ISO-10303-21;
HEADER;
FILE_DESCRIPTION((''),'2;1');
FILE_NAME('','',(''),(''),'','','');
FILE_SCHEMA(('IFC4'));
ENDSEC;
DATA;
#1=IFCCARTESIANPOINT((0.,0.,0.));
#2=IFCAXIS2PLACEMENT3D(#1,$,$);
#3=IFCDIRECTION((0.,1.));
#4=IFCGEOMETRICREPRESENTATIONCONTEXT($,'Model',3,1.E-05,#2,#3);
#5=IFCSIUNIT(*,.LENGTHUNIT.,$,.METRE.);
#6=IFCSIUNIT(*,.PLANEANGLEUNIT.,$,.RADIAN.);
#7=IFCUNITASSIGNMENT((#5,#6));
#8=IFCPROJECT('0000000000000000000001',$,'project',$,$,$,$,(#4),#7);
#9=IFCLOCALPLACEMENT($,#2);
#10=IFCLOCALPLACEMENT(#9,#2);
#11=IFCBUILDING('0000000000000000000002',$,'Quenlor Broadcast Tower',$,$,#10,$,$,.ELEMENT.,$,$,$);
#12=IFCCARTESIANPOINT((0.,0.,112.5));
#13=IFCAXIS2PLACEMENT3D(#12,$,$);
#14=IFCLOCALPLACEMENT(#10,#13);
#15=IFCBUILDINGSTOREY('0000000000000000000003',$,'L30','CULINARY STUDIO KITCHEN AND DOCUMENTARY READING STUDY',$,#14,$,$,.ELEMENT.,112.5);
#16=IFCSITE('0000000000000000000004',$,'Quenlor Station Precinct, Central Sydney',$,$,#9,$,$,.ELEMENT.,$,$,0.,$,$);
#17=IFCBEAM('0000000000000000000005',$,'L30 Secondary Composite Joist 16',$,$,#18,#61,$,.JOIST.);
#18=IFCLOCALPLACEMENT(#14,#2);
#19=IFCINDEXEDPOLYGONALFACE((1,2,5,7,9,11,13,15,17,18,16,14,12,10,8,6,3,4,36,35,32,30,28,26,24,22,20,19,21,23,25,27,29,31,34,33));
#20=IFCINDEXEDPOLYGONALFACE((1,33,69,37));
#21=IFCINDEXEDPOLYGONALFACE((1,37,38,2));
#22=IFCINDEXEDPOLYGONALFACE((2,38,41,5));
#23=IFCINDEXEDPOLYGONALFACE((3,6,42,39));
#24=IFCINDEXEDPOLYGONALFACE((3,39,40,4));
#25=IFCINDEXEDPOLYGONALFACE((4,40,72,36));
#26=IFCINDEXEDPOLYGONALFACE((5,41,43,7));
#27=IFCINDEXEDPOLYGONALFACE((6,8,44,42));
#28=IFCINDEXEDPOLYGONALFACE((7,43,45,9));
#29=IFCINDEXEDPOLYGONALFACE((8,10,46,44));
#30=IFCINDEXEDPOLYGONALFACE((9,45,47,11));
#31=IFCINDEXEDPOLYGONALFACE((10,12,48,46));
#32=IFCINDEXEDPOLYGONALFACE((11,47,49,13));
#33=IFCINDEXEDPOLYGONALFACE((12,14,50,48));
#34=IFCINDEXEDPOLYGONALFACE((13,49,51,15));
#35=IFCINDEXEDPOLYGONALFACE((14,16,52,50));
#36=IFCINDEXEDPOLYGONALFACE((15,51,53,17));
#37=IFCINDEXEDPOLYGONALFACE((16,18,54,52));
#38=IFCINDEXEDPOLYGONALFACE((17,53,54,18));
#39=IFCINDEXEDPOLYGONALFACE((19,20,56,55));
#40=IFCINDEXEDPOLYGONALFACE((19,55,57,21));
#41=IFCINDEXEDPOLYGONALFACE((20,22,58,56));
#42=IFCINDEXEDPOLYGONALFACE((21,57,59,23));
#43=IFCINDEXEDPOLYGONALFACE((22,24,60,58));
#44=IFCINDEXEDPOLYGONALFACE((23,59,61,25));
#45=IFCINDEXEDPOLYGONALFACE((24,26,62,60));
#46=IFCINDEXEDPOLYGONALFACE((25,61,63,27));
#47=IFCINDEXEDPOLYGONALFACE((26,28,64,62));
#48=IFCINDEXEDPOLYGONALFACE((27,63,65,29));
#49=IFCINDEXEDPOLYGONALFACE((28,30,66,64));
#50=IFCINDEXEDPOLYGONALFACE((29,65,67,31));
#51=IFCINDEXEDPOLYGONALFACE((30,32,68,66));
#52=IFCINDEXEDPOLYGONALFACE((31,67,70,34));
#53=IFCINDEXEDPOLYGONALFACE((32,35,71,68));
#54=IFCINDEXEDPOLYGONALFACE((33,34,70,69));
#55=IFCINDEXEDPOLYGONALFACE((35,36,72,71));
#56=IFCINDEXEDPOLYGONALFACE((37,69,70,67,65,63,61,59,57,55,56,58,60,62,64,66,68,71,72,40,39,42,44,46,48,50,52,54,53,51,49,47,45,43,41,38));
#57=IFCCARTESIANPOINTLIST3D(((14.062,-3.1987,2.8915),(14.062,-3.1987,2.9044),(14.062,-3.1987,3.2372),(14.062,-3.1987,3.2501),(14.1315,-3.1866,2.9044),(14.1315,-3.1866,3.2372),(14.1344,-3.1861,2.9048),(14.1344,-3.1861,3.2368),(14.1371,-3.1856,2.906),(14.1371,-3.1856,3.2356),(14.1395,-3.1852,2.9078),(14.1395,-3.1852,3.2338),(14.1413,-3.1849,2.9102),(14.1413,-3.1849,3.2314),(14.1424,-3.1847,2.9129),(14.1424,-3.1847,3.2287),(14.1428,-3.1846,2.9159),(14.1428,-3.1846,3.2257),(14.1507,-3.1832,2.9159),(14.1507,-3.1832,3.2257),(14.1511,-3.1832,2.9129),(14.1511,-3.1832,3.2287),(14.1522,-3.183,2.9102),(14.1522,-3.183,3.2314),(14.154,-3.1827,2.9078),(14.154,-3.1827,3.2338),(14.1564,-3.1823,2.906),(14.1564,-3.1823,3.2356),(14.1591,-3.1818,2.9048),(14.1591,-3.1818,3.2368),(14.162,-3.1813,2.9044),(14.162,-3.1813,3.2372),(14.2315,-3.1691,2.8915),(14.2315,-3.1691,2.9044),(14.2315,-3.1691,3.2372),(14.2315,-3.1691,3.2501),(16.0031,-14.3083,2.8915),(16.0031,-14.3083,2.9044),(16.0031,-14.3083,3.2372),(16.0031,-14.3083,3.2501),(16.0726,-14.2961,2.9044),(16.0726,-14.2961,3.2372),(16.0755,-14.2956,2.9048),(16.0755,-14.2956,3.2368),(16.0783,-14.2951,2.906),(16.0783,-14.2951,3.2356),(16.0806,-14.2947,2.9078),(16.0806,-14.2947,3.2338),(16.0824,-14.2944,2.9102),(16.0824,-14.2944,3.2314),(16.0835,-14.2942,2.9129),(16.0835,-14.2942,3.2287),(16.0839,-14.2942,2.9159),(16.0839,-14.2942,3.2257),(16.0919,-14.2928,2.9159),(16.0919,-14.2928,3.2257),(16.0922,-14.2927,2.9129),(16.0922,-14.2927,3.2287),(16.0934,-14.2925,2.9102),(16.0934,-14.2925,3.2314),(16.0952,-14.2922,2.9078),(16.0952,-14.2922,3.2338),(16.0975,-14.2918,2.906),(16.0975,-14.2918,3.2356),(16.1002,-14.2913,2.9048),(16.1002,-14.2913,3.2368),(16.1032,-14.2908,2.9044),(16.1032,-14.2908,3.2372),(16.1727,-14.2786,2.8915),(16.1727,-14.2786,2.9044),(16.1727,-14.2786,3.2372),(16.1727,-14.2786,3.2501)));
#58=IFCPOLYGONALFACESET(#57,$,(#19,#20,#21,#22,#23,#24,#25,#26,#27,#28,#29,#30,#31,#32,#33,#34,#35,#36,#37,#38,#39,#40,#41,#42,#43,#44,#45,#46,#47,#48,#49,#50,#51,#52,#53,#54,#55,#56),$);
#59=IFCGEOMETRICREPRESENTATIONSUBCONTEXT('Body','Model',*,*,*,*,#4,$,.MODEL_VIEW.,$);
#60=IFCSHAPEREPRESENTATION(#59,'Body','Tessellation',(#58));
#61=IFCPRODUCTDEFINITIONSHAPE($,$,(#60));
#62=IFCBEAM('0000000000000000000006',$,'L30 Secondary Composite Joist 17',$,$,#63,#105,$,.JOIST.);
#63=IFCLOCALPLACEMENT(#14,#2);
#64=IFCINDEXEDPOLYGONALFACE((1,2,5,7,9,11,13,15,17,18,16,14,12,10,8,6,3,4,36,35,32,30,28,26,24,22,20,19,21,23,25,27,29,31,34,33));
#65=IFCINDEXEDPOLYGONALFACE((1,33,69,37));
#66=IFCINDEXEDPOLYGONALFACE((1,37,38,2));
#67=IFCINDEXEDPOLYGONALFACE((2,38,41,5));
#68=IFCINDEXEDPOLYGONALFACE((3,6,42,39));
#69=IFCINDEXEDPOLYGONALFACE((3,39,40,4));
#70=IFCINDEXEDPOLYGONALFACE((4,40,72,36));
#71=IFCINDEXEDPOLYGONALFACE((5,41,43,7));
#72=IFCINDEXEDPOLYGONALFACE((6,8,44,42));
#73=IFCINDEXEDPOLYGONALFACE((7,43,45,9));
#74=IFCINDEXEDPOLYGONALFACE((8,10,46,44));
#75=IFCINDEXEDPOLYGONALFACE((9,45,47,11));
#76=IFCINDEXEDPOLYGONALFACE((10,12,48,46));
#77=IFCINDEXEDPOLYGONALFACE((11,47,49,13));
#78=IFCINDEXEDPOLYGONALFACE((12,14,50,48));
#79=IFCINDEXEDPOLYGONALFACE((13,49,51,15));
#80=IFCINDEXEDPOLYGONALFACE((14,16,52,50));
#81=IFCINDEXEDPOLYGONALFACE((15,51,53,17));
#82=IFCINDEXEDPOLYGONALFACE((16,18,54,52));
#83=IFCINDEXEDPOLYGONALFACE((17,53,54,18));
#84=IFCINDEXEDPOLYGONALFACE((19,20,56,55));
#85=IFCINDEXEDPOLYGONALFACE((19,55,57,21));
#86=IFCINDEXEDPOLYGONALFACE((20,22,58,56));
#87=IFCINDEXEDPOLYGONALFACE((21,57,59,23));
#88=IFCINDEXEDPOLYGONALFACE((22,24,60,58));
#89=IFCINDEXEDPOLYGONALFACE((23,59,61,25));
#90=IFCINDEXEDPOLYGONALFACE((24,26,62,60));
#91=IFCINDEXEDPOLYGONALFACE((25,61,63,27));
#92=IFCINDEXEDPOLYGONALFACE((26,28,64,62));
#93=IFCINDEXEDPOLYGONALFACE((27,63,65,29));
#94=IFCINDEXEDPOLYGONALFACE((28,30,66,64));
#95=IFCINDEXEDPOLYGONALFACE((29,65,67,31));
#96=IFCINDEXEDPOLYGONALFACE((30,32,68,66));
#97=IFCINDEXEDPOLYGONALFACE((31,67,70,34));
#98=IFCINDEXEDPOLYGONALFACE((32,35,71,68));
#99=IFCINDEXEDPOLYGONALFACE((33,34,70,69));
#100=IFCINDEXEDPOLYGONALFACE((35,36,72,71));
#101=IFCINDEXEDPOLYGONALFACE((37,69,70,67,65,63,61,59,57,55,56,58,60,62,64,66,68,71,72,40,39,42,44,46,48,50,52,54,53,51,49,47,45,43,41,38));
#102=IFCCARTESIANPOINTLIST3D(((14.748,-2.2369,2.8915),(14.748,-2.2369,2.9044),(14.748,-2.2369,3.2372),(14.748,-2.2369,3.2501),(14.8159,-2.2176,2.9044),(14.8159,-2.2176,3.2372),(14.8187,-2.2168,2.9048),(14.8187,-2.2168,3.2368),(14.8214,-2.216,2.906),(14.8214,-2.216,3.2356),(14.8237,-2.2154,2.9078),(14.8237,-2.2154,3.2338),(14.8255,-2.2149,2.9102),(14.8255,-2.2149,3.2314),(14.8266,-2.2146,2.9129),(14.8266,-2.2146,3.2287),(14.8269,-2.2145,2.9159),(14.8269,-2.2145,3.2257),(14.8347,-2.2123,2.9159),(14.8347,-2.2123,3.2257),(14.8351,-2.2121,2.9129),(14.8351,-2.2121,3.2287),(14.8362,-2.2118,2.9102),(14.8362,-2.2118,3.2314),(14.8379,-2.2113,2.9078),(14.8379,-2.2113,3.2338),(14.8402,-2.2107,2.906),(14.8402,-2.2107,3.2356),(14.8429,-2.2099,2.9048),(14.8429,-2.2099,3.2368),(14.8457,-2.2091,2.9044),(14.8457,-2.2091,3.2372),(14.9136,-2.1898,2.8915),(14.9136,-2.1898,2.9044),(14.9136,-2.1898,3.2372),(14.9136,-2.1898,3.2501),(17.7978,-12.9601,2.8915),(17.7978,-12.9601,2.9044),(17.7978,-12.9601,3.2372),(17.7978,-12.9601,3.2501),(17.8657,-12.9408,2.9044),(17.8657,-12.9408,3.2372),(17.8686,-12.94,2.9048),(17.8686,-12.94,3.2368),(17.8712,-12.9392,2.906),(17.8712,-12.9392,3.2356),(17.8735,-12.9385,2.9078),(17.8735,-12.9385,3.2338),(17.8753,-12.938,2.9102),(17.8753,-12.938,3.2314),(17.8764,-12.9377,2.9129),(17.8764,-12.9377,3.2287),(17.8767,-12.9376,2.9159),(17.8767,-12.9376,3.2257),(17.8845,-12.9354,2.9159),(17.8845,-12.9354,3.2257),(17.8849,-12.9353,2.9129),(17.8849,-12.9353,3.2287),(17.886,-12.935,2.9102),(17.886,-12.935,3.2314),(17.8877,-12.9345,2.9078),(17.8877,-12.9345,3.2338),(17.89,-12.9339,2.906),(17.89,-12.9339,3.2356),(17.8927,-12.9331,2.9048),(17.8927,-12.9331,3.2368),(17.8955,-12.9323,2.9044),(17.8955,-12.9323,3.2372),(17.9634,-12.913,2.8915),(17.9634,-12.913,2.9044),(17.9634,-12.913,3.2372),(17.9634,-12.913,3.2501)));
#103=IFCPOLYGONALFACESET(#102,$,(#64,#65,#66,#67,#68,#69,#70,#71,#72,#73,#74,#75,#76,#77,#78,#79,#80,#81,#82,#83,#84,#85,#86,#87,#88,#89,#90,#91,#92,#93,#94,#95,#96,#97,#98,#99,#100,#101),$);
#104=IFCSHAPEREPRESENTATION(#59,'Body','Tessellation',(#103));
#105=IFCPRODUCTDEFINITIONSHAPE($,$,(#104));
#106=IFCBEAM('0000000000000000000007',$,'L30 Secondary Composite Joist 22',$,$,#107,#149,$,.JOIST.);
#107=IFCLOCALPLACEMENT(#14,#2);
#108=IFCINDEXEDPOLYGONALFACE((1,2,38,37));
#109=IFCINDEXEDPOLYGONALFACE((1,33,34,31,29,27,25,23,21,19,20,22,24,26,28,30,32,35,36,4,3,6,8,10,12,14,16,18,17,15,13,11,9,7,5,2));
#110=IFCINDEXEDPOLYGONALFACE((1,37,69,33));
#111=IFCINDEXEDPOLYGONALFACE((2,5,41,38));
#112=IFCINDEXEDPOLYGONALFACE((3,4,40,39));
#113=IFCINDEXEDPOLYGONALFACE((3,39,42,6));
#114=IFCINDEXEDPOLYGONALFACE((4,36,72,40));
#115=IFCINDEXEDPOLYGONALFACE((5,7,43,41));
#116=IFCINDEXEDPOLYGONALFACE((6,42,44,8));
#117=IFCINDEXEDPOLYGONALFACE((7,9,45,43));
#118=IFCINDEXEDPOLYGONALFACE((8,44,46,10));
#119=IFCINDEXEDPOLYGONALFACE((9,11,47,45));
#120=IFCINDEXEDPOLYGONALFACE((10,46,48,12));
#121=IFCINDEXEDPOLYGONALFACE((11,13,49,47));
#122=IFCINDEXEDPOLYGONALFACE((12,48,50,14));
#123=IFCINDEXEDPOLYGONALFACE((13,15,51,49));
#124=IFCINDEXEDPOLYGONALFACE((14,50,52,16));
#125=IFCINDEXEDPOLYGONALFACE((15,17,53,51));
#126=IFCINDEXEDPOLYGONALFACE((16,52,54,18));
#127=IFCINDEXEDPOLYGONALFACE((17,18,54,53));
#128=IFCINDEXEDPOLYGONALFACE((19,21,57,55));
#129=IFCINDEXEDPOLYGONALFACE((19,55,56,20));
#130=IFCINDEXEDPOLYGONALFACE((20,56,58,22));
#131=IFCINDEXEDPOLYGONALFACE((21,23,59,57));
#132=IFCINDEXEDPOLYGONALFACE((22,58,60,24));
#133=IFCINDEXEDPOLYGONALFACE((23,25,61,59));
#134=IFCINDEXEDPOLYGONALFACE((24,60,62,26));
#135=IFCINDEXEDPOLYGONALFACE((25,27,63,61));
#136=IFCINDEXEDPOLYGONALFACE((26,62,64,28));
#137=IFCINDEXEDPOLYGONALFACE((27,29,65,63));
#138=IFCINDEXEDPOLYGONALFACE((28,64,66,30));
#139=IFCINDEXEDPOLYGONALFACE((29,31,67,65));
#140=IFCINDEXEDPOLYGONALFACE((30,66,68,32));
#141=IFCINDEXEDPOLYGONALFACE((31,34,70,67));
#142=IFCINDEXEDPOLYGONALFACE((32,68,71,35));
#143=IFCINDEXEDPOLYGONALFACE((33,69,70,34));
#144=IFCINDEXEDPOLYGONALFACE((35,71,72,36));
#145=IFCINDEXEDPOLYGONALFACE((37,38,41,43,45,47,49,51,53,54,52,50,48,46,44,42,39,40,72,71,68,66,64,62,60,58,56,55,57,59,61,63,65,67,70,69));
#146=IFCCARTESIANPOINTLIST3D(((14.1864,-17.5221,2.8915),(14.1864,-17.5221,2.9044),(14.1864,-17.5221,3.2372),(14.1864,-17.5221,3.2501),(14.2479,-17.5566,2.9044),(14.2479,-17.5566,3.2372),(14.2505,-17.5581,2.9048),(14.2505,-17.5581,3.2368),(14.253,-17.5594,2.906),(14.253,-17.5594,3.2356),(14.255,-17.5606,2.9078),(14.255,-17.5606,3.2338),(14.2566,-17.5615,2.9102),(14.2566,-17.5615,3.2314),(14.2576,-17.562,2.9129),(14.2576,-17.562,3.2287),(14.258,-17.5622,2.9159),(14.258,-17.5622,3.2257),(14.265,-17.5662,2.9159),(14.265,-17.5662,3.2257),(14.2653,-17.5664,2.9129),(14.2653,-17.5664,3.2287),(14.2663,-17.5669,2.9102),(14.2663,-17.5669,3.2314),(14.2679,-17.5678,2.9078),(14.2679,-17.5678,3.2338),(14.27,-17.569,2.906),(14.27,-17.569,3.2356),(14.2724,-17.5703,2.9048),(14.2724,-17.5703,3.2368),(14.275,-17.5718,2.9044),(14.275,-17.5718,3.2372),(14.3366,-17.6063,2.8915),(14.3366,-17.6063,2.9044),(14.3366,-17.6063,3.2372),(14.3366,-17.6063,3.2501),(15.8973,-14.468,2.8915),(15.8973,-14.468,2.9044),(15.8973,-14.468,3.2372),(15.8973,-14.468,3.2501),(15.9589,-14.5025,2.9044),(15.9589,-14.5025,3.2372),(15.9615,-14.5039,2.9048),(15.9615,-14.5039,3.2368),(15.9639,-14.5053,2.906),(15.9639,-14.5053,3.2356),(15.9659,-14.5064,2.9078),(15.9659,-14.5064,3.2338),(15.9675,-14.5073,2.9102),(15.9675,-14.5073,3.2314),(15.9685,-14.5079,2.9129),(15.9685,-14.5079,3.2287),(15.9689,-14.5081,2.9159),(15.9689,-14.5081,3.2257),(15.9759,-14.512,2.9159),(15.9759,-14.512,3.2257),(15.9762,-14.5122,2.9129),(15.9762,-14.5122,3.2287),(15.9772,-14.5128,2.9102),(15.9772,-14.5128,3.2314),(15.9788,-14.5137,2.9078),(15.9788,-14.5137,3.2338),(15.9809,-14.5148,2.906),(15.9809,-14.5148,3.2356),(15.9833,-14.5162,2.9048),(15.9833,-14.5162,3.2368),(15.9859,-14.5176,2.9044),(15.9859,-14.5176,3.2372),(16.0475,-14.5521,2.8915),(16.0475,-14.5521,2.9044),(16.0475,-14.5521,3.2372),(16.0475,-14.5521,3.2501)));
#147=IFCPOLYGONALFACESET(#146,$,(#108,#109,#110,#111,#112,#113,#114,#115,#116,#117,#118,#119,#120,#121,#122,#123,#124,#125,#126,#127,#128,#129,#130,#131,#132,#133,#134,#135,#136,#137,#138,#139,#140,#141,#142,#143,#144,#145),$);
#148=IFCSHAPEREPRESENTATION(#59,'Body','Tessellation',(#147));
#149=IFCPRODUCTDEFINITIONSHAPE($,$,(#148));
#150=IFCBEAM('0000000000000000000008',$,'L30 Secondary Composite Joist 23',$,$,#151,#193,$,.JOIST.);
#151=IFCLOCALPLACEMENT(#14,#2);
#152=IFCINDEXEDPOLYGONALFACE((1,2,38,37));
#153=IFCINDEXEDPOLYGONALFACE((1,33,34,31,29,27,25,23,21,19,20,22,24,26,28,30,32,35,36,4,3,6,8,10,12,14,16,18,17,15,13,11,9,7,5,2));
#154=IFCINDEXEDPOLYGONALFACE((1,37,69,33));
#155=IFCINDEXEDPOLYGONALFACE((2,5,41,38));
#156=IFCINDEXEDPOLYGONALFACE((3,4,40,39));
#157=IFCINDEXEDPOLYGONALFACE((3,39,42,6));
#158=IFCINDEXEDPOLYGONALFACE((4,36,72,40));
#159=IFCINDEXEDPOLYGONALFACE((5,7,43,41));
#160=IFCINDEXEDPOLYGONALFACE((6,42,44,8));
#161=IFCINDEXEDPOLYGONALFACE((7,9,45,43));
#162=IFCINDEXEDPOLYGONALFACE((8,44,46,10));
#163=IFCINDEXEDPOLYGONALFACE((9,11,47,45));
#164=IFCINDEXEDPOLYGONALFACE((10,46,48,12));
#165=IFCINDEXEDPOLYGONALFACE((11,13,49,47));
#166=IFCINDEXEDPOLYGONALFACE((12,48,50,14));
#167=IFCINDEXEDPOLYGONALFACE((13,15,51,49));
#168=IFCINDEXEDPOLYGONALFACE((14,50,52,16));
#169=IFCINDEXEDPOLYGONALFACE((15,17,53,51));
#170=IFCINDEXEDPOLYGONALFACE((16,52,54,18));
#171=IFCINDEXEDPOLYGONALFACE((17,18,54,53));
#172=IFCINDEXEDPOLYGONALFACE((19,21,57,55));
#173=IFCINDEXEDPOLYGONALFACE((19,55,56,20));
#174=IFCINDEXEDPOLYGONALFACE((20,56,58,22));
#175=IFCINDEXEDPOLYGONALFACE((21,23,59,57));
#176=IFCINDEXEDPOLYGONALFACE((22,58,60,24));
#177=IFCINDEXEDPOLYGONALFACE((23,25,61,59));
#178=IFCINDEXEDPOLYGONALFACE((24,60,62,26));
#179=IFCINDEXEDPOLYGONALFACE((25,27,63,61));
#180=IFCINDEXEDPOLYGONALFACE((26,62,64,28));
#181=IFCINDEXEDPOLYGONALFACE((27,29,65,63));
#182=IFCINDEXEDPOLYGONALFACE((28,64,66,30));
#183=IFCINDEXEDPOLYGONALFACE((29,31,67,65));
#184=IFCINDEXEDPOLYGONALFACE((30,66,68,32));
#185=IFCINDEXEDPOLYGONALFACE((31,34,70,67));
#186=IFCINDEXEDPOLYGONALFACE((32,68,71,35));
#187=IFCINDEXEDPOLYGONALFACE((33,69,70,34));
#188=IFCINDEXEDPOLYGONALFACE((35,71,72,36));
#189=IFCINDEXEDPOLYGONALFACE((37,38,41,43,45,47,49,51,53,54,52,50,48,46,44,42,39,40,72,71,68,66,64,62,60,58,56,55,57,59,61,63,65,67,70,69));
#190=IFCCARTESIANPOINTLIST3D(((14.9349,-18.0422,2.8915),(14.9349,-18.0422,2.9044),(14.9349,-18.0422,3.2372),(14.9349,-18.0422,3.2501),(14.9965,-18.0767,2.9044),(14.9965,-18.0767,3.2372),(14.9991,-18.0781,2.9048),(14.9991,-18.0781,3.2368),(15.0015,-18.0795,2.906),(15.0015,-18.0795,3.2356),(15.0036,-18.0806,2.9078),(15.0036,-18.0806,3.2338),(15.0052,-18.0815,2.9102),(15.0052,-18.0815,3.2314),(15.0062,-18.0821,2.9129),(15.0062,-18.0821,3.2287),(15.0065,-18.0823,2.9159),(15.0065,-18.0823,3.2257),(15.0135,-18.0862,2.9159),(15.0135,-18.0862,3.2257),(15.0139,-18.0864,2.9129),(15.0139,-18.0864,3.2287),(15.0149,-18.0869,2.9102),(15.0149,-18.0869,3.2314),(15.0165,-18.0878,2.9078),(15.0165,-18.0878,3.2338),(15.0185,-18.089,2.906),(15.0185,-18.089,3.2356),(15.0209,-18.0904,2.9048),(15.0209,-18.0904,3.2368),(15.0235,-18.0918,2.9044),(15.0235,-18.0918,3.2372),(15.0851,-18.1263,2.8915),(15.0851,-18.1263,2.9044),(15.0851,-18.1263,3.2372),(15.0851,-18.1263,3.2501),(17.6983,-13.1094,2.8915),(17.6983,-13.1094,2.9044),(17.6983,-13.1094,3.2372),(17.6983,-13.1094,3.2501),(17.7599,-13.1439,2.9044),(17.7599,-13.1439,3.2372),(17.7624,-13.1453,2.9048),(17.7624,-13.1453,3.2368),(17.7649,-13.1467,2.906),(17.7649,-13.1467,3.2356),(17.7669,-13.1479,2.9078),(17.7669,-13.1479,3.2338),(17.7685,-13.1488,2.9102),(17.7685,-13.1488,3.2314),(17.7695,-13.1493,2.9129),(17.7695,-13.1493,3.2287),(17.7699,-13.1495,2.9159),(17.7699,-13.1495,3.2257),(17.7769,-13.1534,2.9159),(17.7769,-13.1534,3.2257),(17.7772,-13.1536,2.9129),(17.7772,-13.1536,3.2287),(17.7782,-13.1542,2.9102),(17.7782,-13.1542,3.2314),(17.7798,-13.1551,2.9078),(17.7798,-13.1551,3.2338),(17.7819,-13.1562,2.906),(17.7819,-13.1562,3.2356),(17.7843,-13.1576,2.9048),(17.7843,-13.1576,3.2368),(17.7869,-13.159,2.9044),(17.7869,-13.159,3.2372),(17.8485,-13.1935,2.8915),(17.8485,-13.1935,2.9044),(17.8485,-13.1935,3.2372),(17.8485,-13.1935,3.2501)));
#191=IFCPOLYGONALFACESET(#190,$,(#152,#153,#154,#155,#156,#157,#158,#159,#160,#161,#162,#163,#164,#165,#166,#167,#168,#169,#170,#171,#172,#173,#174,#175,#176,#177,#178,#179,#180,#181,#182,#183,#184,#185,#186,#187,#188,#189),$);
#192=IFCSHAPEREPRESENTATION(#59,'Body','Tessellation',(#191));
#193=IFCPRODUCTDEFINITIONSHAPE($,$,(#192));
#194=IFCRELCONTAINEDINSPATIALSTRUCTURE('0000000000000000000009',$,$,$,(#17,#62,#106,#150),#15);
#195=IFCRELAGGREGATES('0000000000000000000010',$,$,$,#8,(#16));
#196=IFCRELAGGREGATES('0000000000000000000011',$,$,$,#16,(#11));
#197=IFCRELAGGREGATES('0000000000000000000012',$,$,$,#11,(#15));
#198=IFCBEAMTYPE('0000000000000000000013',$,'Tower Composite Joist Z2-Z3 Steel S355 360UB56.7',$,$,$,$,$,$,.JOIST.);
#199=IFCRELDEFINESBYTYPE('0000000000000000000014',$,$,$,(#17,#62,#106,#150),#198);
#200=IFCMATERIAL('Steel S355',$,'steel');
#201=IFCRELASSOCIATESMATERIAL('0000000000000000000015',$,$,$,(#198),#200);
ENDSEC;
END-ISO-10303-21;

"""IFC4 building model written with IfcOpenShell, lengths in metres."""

from ifc_helpers import new_model, si_unit, direction, frame, origin, origin_2d, place, context, subcontext, project, spatial, i_section, extrude, material, material_profile, profile_set, type_object, element, save


model = new_model("IFC4")

# Units and contexts
model_context = context("Model", 3, precision=1e-05, world=origin(), true_north=direction((0.0, 1.0)))
body_context = subcontext(model_context, "Body", "Model", "MODEL_VIEW")
ifc_project = project(units=[si_unit("LENGTHUNIT", "METRE"), si_unit("PLANEANGLEUNIT", "RADIAN")], contexts=[model_context])

# Site, building, storey
site_placement = place(None, origin())
site = spatial("IfcSite", under=ifc_project, at=site_placement, Name="Quenlor Station Precinct, Central Sydney", CompositionType="ELEMENT", RefElevation=0.0)
building_placement = place(site_placement, origin())
building = spatial("IfcBuilding", under=site, at=building_placement, Name="Quenlor Broadcast Tower", CompositionType="ELEMENT")
storey_placement = place(building_placement, frame((0.0, 0.0, 112.5)))
storey = spatial("IfcBuildingStorey", under=building, at=storey_placement, Name="L30", Description="CULINARY STUDIO KITCHEN AND DOCUMENTARY READING STUDY", CompositionType="ELEMENT", Elevation=112.5)

# Beams
ifc_material_1 = material(Name="Steel S355", Category="steel")
ifc_material_profile_1 = material_profile(ifc_material_1, i_section(OverallWidth=0.1721, OverallDepth=0.3586, WebThickness=0.0081, FlangeThickness=0.0129, FilletRadius=0.0115, at=origin_2d()))
ifc_profile_set_1 = profile_set([ifc_material_profile_1], Name="Steel S355 360UB56.7")
beam_type_1 = type_object("IfcBeamType", Name="Tower Composite Joist Z2-Z3 Steel S355 360UB56.7", PredefinedType="JOIST", material=ifc_profile_set_1)
beam_1_placement = place(storey_placement, frame((16.0879, -14.2935, 3.0708), z_axis=(-0.17212, 0.985076, 0.0), x_axis=(-0.985076, -0.17212, 0.0)))
element("IfcBeam", 1, at=beam_1_placement, inside=storey, type_object=beam_type_1, Name="L30 Secondary Composite Joist 16", PredefinedType="JOIST", context=body_context, shape_type="SweptSolid", body=[
    extrude(i_section(OverallWidth=0.1721, OverallDepth=0.3586, WebThickness=0.0081, FlangeThickness=0.0129, FilletRadius=0.0115, at=origin_2d()), origin(), (0.0, 0.0, 1.0), 11.2778),
])
beam_2_placement = place(storey_placement, frame((17.8806, -12.9365, 3.0708), z_axis=(-0.273564, 0.961854, 0.0), x_axis=(-0.961854, -0.273564, 0.0)))
element("IfcBeam", 2, at=beam_2_placement, inside=storey, type_object=beam_type_1, Name="L30 Secondary Composite Joist 17", PredefinedType="JOIST", context=body_context, shape_type="SweptSolid", body=[
    extrude(i_section(OverallWidth=0.1721, OverallDepth=0.3586, WebThickness=0.0081, FlangeThickness=0.0129, FilletRadius=0.0115, at=origin_2d()), origin(), (0.0, 0.0, 1.0), 11.1484),
])
beam_3_placement = place(storey_placement, frame((14.2615, -17.5642, 3.0708), z_axis=(0.488731, 0.872435, 0.0), x_axis=(-0.872435, 0.488731, 0.0)))
element("IfcBeam", 3, at=beam_3_placement, inside=storey, type_object=beam_type_1, Name="L30 Secondary Composite Joist 22", PredefinedType="JOIST", context=body_context, shape_type="SweptSolid", body=[
    extrude(i_section(OverallWidth=0.1721, OverallDepth=0.3586, WebThickness=0.0081, FlangeThickness=0.0129, FilletRadius=0.0115, at=origin_2d()), origin(), (0.0, 0.0, 1.0), 3.5007),
])
beam_4_placement = place(storey_placement, frame((15.01, -18.0842, 3.0708), z_axis=(0.488741, 0.872429, 0.0), x_axis=(-0.872429, 0.488741, 0.0)))
element("IfcBeam", 4, at=beam_4_placement, inside=storey, type_object=beam_type_1, Name="L30 Secondary Composite Joist 23", PredefinedType="JOIST", context=body_context, shape_type="SweptSolid", body=[
    extrude(i_section(OverallWidth=0.1721, OverallDepth=0.3586, WebThickness=0.0081, FlangeThickness=0.0129, FilletRadius=0.0115, at=origin_2d()), origin(), (0.0, 0.0, 1.0), 5.6541),
])

save(model, "model.ifc")
